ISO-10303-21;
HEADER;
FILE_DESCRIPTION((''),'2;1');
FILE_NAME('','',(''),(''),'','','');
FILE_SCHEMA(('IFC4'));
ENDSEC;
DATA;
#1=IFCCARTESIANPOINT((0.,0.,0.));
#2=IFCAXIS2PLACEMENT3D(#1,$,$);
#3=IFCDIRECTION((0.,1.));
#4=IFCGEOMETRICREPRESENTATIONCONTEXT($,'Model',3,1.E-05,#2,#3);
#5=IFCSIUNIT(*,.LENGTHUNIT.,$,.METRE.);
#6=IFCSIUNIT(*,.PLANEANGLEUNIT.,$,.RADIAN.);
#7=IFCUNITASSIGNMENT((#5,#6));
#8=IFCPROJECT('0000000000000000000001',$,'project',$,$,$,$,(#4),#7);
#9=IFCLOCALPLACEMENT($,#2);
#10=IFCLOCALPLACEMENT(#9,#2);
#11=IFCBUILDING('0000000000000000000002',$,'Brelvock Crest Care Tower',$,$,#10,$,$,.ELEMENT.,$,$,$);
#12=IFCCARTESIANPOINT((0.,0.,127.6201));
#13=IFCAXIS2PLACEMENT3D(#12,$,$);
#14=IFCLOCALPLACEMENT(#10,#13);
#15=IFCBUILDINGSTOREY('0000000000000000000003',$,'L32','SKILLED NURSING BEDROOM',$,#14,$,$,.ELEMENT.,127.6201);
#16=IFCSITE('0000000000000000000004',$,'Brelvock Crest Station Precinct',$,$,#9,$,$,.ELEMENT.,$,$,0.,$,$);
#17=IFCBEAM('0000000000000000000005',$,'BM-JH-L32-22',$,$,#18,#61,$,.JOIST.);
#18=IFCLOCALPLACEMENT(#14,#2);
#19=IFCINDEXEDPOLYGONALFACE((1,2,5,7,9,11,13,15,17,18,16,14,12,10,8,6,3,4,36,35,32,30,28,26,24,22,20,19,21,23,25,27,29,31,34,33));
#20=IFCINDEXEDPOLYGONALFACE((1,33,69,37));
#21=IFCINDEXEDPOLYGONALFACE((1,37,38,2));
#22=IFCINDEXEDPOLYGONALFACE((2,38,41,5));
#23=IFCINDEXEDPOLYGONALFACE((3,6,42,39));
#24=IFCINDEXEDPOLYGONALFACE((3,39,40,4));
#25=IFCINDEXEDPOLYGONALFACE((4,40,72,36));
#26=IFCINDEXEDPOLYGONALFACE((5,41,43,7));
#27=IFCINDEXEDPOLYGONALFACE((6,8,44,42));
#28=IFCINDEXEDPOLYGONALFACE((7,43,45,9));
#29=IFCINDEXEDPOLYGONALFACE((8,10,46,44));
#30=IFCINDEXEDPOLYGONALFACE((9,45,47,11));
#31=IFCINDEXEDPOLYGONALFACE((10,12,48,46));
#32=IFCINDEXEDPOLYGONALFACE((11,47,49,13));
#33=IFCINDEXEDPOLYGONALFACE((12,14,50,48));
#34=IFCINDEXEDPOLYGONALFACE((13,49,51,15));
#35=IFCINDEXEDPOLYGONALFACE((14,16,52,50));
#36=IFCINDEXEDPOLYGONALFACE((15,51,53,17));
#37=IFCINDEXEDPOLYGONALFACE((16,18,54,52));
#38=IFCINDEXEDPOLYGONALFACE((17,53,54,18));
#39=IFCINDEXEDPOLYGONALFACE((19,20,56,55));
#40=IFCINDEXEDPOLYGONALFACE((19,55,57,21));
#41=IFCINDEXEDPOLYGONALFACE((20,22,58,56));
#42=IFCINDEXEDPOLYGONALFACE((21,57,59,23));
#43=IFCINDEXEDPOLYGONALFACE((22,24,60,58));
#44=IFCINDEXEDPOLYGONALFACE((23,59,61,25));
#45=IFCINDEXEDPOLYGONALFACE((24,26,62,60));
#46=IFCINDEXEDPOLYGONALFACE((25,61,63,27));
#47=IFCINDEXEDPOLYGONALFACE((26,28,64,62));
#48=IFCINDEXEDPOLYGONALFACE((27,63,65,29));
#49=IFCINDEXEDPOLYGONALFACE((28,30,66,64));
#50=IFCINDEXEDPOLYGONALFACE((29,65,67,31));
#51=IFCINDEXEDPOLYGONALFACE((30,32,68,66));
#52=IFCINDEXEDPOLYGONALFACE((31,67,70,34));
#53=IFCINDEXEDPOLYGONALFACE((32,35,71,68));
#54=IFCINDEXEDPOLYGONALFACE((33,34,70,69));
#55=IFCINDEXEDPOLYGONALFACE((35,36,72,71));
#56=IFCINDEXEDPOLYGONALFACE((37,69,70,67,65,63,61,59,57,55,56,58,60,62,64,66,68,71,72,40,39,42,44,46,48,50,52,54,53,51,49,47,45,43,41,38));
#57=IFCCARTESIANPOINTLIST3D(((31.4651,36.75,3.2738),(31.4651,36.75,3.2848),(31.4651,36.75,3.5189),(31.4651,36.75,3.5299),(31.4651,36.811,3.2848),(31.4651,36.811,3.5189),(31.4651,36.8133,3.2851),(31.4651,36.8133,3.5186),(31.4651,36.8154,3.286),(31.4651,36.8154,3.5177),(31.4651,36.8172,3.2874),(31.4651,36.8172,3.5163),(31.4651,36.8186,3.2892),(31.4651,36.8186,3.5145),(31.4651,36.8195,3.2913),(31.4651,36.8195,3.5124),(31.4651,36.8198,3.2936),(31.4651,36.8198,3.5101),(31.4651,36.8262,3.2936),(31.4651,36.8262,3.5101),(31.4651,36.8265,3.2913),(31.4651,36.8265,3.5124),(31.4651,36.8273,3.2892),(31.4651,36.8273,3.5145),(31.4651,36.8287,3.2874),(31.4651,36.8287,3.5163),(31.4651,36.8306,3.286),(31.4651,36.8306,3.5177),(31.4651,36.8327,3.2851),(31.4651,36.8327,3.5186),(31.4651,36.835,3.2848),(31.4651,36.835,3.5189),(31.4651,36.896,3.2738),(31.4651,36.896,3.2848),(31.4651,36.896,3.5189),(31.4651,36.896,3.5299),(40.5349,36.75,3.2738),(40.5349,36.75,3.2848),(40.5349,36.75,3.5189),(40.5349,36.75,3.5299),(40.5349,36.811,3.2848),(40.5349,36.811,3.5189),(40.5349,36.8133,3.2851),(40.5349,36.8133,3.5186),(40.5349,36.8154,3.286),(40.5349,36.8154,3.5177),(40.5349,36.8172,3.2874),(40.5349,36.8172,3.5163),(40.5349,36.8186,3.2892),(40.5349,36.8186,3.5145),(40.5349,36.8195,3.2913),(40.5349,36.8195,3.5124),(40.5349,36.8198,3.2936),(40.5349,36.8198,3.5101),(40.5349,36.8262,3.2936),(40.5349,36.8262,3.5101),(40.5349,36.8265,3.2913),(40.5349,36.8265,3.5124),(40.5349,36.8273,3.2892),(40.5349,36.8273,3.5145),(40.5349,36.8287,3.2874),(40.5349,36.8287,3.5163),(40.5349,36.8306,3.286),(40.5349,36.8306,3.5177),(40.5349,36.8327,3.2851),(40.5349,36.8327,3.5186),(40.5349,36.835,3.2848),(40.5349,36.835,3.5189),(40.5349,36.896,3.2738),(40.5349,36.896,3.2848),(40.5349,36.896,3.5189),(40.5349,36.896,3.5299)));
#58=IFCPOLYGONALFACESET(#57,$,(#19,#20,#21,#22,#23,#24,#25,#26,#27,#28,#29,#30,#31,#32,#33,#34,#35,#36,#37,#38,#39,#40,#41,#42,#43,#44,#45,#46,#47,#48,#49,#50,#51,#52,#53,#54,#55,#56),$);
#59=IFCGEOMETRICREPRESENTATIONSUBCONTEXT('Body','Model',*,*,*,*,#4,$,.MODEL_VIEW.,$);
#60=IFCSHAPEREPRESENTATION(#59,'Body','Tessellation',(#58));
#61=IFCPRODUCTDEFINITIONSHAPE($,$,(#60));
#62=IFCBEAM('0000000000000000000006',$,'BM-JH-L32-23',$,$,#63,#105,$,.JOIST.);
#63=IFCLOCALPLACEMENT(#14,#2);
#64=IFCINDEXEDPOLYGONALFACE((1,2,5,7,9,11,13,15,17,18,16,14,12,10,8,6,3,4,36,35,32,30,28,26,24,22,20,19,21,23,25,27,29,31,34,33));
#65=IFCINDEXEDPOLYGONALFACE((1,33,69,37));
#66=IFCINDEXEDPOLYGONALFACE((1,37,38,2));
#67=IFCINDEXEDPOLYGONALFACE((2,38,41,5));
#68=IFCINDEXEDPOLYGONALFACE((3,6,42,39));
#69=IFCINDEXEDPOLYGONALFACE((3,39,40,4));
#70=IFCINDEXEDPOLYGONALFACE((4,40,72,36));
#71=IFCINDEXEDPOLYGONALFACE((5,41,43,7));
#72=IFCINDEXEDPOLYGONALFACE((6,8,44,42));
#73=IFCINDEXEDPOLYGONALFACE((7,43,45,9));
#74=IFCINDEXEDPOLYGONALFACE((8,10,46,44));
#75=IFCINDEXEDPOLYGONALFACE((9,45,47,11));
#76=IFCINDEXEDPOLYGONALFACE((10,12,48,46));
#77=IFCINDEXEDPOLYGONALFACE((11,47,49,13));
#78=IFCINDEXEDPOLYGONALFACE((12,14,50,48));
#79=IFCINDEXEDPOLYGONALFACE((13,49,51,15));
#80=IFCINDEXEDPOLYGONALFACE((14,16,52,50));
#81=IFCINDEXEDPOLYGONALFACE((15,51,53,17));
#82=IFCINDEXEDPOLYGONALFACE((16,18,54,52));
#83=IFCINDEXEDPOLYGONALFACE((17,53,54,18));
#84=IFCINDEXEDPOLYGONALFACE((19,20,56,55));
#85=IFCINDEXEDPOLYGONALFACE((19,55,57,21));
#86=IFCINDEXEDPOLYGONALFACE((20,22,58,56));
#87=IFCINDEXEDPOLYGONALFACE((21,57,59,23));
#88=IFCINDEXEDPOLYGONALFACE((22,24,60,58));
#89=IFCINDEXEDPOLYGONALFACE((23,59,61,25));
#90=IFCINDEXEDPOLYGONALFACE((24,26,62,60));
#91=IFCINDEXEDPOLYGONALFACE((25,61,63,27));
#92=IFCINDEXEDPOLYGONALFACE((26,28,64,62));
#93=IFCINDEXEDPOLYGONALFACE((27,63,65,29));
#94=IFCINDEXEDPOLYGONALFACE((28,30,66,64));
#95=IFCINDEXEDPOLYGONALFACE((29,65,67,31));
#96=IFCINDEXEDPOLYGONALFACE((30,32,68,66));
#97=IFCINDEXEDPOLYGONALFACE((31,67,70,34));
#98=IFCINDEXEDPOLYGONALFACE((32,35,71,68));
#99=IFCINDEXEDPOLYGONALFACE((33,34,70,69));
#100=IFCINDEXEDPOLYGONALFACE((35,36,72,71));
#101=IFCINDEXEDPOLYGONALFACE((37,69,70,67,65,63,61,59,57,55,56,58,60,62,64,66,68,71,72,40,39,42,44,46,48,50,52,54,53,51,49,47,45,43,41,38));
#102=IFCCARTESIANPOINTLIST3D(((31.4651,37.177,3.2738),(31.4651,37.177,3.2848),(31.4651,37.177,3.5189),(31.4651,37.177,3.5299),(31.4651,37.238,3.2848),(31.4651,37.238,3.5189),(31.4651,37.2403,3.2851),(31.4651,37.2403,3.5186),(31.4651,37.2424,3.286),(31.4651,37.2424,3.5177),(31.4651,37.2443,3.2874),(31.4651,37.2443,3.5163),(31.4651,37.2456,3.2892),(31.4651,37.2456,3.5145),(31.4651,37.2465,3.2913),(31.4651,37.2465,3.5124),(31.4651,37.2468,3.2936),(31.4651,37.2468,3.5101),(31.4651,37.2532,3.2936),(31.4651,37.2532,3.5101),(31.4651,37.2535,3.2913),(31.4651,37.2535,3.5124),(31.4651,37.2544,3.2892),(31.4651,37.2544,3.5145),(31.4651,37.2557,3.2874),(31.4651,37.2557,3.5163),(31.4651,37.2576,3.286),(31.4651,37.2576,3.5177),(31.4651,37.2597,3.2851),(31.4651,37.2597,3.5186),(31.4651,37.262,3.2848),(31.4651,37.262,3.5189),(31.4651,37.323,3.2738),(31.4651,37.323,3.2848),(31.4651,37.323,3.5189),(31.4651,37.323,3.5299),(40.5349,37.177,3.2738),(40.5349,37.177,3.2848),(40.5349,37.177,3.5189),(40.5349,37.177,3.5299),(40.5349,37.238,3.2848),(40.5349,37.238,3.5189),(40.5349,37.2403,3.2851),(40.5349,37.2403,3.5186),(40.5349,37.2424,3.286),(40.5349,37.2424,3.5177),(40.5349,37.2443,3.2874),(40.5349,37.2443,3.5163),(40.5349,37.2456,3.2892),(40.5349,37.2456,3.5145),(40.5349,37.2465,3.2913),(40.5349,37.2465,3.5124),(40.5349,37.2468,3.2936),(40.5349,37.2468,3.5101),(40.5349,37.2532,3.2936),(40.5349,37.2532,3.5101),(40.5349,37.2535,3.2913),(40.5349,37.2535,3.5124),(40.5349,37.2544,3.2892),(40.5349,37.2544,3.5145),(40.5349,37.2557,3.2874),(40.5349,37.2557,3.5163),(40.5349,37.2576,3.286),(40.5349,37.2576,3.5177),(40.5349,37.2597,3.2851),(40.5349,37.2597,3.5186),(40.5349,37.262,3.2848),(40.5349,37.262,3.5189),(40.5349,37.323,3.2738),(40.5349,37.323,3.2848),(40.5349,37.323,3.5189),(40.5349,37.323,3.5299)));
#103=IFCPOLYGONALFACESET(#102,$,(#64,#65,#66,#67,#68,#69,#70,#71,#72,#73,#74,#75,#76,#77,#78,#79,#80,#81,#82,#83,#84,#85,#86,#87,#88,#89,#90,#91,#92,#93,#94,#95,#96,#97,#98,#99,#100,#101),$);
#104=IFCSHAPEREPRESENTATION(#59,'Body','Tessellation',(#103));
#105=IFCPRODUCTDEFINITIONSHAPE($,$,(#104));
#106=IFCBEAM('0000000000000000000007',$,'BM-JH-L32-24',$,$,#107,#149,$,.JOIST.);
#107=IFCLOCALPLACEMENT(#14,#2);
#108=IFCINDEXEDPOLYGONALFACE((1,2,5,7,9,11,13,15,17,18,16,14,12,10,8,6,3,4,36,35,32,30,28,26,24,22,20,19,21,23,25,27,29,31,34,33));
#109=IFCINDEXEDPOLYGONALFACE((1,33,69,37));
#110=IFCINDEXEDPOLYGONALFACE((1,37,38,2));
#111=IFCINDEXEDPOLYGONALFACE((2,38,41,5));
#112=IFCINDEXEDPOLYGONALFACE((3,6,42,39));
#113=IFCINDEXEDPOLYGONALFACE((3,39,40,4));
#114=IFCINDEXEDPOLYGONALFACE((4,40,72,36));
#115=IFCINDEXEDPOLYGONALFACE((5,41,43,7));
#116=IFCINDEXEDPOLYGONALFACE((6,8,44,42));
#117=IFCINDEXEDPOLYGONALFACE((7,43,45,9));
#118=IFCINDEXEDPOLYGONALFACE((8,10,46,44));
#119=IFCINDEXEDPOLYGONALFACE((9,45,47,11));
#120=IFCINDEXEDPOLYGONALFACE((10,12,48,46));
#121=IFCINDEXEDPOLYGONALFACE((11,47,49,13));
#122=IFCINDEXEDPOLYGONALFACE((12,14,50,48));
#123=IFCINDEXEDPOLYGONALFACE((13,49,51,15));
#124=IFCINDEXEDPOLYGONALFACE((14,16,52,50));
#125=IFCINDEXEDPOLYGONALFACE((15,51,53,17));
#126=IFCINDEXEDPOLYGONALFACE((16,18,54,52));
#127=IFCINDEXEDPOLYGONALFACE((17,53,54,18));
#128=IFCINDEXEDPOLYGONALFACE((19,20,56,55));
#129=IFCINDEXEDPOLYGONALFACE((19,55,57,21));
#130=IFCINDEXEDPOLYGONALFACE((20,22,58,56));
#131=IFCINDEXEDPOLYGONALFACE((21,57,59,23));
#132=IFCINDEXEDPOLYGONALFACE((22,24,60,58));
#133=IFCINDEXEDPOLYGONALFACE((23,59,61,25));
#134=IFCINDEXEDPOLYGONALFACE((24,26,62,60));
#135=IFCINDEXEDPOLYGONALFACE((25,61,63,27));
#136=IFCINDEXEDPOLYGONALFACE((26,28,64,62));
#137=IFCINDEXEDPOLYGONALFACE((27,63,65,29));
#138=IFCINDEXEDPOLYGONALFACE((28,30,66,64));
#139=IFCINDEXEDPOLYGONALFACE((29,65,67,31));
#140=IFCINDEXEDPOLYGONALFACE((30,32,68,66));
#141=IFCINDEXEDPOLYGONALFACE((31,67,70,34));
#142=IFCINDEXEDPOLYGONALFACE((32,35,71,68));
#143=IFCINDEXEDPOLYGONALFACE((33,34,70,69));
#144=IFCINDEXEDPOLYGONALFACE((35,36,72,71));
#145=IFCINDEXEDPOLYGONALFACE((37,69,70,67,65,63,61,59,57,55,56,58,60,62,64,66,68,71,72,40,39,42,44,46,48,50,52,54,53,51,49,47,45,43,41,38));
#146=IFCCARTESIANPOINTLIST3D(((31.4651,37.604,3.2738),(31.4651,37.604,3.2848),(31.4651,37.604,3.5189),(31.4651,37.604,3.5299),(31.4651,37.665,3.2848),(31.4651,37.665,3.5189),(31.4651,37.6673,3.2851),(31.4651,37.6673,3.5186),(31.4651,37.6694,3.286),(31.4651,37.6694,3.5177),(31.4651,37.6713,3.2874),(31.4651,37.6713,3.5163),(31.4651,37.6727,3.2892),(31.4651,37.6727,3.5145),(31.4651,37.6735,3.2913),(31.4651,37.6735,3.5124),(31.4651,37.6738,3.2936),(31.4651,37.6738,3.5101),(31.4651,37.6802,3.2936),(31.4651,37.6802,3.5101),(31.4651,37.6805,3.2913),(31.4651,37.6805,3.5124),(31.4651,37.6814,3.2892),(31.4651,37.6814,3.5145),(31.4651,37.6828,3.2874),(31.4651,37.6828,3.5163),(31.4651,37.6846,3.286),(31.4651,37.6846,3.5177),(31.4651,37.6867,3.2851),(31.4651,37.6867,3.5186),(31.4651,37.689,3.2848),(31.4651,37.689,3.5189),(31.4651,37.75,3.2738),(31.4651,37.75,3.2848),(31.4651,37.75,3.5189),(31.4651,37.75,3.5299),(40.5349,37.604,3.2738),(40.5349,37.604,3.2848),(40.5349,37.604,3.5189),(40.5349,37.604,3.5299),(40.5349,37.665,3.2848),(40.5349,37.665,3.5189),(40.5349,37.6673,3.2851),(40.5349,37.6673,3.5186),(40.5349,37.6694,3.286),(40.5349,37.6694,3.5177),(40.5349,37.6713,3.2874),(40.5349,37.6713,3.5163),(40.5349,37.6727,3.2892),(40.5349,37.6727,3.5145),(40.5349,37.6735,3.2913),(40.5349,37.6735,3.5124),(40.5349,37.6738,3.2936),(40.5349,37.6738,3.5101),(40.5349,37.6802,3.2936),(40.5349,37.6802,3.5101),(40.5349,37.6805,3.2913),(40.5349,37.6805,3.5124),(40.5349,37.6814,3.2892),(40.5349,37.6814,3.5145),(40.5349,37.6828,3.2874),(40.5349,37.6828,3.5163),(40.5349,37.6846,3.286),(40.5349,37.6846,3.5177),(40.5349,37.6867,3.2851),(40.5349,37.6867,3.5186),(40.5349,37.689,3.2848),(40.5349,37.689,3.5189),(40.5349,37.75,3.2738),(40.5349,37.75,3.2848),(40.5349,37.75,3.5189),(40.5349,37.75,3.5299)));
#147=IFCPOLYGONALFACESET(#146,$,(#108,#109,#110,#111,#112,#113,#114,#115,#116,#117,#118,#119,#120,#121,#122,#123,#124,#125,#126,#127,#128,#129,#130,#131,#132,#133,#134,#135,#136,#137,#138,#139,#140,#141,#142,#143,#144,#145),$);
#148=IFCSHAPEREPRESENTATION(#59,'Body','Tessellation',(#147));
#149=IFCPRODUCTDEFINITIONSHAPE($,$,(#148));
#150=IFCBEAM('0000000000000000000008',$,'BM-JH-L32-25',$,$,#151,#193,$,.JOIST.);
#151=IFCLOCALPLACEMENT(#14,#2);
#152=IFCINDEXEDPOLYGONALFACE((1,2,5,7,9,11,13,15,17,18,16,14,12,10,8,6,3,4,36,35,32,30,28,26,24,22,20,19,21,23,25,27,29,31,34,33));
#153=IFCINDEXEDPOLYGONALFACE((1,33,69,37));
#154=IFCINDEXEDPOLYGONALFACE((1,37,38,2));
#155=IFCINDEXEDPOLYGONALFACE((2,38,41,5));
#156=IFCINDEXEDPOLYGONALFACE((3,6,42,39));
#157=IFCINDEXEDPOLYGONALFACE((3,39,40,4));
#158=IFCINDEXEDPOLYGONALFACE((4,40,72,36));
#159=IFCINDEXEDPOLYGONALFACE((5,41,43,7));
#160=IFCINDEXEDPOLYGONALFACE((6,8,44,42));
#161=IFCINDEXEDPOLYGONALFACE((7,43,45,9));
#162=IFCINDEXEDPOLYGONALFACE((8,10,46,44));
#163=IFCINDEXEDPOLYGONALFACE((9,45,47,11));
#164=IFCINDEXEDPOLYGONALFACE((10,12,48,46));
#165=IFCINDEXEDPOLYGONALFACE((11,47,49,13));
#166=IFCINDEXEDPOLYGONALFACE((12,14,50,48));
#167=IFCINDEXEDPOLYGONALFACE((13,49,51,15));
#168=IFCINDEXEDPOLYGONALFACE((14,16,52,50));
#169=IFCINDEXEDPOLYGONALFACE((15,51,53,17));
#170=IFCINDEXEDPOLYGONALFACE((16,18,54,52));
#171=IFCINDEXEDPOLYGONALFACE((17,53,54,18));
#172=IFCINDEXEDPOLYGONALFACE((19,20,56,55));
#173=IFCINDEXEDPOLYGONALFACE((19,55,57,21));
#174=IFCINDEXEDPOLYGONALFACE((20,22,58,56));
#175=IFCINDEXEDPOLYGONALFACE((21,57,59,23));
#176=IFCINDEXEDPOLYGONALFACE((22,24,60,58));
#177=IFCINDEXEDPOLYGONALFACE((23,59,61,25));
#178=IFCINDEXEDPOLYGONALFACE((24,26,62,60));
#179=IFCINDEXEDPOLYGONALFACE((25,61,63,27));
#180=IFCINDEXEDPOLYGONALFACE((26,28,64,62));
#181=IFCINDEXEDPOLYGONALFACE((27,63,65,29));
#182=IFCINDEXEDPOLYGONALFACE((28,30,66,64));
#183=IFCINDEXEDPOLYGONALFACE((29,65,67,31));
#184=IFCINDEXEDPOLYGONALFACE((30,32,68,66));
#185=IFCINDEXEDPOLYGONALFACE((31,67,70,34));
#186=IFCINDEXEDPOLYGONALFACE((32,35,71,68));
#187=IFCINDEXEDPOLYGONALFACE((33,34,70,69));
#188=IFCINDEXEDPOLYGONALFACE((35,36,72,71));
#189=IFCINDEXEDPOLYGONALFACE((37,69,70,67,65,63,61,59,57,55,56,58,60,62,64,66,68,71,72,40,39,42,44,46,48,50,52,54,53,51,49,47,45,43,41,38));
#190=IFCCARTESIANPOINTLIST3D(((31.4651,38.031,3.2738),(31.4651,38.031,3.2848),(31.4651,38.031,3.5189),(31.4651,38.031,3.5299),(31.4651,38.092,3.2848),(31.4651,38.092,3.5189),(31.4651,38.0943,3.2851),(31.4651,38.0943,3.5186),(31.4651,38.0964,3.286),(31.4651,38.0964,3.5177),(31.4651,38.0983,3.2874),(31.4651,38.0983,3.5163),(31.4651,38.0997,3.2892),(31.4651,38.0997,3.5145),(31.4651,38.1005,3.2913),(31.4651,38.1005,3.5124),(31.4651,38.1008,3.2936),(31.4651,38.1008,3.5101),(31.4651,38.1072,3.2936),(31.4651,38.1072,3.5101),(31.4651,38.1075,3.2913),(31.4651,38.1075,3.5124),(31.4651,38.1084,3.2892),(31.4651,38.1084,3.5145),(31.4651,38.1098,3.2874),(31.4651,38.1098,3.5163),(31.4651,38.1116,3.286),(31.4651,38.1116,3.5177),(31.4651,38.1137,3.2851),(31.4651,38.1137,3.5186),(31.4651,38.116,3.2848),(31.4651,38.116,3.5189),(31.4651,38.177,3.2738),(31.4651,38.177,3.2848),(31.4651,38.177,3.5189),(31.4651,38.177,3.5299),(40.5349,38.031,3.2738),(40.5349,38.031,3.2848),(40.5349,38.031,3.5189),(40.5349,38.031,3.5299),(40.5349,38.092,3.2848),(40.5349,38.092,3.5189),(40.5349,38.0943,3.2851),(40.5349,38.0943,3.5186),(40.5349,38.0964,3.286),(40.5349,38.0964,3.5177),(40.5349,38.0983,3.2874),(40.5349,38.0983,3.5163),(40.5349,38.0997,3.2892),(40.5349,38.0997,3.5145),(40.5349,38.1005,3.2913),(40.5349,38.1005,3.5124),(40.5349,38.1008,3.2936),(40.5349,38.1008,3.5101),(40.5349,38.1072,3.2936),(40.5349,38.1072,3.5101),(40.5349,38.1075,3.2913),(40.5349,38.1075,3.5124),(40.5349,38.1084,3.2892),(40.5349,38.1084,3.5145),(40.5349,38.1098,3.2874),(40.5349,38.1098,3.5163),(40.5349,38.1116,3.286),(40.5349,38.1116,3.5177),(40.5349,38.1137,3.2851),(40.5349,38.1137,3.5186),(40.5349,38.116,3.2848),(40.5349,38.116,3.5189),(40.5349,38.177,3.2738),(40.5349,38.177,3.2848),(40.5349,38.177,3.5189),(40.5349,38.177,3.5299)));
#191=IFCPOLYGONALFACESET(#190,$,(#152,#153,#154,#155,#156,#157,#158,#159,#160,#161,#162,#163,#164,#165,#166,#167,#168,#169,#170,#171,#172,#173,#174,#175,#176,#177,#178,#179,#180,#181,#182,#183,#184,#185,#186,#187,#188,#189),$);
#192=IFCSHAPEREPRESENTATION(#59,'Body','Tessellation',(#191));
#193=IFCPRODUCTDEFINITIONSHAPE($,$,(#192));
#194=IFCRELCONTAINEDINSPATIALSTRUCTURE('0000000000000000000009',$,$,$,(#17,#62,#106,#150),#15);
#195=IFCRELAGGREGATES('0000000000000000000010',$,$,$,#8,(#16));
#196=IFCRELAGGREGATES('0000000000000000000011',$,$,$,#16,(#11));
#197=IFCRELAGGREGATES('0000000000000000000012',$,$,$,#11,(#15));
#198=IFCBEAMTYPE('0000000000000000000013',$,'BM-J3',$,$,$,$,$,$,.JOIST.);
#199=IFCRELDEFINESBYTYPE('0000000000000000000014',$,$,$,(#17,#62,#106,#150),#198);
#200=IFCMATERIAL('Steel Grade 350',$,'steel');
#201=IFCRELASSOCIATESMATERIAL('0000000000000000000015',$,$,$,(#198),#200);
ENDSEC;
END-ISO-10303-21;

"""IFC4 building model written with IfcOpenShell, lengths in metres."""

from ifc_helpers import new_model, si_unit, direction, frame, origin, origin_2d, place, context, subcontext, project, spatial, i_section, extrude, source, transform, mapped, material, material_profile, profile_set, type_object, element, save


model = new_model("IFC4")

# Units and contexts
model_context = context("Model", 3, precision=1e-05, world=origin(), true_north=direction((0.0, 1.0)))
body_context = subcontext(model_context, "Body", "Model", "MODEL_VIEW")
ifc_project = project(units=[si_unit("LENGTHUNIT", "METRE"), si_unit("PLANEANGLEUNIT", "RADIAN")], contexts=[model_context])

# Site, building, storey
site_placement = place(None, origin())
site = spatial("IfcSite", under=ifc_project, at=site_placement, Name="Brelvock Crest Station Precinct", CompositionType="ELEMENT", RefElevation=0.0)
building_placement = place(site_placement, origin())
building = spatial("IfcBuilding", under=site, at=building_placement, Name="Brelvock Crest Care Tower", CompositionType="ELEMENT")
storey_placement = place(building_placement, frame((0.0, 0.0, 127.6201)))
storey = spatial("IfcBuildingStorey", under=building, at=storey_placement, Name="L32", Description="SKILLED NURSING BEDROOM", CompositionType="ELEMENT", Elevation=127.6201)

# Beams
ifc_material = material(Name="Steel Grade 350", Category="steel")
ifc_material_profile = material_profile(ifc_material, i_section(OverallWidth=0.146, OverallDepth=0.2561, WebThickness=0.0063, FlangeThickness=0.011, FilletRadius=0.0088, at=origin_2d()), Name="250UB37.3")
ifc_profile_set = profile_set([ifc_material_profile], Name="Steel Grade 350")
beam_type = type_object("IfcBeamType", Name="BM-J3", PredefinedType="JOIST", material=ifc_profile_set)
shared_shape = source(origin(), body_context, "Body", "SweptSolid", [
    extrude(i_section(OverallWidth=0.146, OverallDepth=0.2561, WebThickness=0.0063, FlangeThickness=0.011, FilletRadius=0.0088, at=origin_2d()), origin(), (0.0, 0.0, 1.0), 9.0698),
])
for number, where, z_axis, x_axis, name in (
    (1, (31.4651, 36.823, 3.4019), (1.0, 0.0, 0.0), (0.0, 1.0, 0.0), "BM-JH-L32-22"),
    (2, (31.4651, 37.25, 3.4019), (1.0, 0.0, 0.0), (0.0, 1.0, 0.0), "BM-JH-L32-23"),
    (3, (31.4651, 37.677, 3.4019), (1.0, 0.0, 0.0), (0.0, 1.0, 0.0), "BM-JH-L32-24"),
    (4, (31.4651, 38.104, 3.4019), (1.0, 0.0, 0.0), (0.0, 1.0, 0.0), "BM-JH-L32-25"),
):
    element("IfcBeam", number, at=place(storey_placement, frame(where, z_axis=z_axis, x_axis=x_axis)), inside=storey, type_object=beam_type, Name=name, PredefinedType="JOIST", context=body_context, shape_type="MappedRepresentation", body=[
        mapped(shared_shape, transform((0.0, 0.0, 0.0), x_axis=(1.0, 0.0, 0.0), y_axis=(0.0, 1.0, 0.0), z_axis=(0.0, 0.0, 1.0), scale=1.0)),
    ])

save(model, "model.ifc")
